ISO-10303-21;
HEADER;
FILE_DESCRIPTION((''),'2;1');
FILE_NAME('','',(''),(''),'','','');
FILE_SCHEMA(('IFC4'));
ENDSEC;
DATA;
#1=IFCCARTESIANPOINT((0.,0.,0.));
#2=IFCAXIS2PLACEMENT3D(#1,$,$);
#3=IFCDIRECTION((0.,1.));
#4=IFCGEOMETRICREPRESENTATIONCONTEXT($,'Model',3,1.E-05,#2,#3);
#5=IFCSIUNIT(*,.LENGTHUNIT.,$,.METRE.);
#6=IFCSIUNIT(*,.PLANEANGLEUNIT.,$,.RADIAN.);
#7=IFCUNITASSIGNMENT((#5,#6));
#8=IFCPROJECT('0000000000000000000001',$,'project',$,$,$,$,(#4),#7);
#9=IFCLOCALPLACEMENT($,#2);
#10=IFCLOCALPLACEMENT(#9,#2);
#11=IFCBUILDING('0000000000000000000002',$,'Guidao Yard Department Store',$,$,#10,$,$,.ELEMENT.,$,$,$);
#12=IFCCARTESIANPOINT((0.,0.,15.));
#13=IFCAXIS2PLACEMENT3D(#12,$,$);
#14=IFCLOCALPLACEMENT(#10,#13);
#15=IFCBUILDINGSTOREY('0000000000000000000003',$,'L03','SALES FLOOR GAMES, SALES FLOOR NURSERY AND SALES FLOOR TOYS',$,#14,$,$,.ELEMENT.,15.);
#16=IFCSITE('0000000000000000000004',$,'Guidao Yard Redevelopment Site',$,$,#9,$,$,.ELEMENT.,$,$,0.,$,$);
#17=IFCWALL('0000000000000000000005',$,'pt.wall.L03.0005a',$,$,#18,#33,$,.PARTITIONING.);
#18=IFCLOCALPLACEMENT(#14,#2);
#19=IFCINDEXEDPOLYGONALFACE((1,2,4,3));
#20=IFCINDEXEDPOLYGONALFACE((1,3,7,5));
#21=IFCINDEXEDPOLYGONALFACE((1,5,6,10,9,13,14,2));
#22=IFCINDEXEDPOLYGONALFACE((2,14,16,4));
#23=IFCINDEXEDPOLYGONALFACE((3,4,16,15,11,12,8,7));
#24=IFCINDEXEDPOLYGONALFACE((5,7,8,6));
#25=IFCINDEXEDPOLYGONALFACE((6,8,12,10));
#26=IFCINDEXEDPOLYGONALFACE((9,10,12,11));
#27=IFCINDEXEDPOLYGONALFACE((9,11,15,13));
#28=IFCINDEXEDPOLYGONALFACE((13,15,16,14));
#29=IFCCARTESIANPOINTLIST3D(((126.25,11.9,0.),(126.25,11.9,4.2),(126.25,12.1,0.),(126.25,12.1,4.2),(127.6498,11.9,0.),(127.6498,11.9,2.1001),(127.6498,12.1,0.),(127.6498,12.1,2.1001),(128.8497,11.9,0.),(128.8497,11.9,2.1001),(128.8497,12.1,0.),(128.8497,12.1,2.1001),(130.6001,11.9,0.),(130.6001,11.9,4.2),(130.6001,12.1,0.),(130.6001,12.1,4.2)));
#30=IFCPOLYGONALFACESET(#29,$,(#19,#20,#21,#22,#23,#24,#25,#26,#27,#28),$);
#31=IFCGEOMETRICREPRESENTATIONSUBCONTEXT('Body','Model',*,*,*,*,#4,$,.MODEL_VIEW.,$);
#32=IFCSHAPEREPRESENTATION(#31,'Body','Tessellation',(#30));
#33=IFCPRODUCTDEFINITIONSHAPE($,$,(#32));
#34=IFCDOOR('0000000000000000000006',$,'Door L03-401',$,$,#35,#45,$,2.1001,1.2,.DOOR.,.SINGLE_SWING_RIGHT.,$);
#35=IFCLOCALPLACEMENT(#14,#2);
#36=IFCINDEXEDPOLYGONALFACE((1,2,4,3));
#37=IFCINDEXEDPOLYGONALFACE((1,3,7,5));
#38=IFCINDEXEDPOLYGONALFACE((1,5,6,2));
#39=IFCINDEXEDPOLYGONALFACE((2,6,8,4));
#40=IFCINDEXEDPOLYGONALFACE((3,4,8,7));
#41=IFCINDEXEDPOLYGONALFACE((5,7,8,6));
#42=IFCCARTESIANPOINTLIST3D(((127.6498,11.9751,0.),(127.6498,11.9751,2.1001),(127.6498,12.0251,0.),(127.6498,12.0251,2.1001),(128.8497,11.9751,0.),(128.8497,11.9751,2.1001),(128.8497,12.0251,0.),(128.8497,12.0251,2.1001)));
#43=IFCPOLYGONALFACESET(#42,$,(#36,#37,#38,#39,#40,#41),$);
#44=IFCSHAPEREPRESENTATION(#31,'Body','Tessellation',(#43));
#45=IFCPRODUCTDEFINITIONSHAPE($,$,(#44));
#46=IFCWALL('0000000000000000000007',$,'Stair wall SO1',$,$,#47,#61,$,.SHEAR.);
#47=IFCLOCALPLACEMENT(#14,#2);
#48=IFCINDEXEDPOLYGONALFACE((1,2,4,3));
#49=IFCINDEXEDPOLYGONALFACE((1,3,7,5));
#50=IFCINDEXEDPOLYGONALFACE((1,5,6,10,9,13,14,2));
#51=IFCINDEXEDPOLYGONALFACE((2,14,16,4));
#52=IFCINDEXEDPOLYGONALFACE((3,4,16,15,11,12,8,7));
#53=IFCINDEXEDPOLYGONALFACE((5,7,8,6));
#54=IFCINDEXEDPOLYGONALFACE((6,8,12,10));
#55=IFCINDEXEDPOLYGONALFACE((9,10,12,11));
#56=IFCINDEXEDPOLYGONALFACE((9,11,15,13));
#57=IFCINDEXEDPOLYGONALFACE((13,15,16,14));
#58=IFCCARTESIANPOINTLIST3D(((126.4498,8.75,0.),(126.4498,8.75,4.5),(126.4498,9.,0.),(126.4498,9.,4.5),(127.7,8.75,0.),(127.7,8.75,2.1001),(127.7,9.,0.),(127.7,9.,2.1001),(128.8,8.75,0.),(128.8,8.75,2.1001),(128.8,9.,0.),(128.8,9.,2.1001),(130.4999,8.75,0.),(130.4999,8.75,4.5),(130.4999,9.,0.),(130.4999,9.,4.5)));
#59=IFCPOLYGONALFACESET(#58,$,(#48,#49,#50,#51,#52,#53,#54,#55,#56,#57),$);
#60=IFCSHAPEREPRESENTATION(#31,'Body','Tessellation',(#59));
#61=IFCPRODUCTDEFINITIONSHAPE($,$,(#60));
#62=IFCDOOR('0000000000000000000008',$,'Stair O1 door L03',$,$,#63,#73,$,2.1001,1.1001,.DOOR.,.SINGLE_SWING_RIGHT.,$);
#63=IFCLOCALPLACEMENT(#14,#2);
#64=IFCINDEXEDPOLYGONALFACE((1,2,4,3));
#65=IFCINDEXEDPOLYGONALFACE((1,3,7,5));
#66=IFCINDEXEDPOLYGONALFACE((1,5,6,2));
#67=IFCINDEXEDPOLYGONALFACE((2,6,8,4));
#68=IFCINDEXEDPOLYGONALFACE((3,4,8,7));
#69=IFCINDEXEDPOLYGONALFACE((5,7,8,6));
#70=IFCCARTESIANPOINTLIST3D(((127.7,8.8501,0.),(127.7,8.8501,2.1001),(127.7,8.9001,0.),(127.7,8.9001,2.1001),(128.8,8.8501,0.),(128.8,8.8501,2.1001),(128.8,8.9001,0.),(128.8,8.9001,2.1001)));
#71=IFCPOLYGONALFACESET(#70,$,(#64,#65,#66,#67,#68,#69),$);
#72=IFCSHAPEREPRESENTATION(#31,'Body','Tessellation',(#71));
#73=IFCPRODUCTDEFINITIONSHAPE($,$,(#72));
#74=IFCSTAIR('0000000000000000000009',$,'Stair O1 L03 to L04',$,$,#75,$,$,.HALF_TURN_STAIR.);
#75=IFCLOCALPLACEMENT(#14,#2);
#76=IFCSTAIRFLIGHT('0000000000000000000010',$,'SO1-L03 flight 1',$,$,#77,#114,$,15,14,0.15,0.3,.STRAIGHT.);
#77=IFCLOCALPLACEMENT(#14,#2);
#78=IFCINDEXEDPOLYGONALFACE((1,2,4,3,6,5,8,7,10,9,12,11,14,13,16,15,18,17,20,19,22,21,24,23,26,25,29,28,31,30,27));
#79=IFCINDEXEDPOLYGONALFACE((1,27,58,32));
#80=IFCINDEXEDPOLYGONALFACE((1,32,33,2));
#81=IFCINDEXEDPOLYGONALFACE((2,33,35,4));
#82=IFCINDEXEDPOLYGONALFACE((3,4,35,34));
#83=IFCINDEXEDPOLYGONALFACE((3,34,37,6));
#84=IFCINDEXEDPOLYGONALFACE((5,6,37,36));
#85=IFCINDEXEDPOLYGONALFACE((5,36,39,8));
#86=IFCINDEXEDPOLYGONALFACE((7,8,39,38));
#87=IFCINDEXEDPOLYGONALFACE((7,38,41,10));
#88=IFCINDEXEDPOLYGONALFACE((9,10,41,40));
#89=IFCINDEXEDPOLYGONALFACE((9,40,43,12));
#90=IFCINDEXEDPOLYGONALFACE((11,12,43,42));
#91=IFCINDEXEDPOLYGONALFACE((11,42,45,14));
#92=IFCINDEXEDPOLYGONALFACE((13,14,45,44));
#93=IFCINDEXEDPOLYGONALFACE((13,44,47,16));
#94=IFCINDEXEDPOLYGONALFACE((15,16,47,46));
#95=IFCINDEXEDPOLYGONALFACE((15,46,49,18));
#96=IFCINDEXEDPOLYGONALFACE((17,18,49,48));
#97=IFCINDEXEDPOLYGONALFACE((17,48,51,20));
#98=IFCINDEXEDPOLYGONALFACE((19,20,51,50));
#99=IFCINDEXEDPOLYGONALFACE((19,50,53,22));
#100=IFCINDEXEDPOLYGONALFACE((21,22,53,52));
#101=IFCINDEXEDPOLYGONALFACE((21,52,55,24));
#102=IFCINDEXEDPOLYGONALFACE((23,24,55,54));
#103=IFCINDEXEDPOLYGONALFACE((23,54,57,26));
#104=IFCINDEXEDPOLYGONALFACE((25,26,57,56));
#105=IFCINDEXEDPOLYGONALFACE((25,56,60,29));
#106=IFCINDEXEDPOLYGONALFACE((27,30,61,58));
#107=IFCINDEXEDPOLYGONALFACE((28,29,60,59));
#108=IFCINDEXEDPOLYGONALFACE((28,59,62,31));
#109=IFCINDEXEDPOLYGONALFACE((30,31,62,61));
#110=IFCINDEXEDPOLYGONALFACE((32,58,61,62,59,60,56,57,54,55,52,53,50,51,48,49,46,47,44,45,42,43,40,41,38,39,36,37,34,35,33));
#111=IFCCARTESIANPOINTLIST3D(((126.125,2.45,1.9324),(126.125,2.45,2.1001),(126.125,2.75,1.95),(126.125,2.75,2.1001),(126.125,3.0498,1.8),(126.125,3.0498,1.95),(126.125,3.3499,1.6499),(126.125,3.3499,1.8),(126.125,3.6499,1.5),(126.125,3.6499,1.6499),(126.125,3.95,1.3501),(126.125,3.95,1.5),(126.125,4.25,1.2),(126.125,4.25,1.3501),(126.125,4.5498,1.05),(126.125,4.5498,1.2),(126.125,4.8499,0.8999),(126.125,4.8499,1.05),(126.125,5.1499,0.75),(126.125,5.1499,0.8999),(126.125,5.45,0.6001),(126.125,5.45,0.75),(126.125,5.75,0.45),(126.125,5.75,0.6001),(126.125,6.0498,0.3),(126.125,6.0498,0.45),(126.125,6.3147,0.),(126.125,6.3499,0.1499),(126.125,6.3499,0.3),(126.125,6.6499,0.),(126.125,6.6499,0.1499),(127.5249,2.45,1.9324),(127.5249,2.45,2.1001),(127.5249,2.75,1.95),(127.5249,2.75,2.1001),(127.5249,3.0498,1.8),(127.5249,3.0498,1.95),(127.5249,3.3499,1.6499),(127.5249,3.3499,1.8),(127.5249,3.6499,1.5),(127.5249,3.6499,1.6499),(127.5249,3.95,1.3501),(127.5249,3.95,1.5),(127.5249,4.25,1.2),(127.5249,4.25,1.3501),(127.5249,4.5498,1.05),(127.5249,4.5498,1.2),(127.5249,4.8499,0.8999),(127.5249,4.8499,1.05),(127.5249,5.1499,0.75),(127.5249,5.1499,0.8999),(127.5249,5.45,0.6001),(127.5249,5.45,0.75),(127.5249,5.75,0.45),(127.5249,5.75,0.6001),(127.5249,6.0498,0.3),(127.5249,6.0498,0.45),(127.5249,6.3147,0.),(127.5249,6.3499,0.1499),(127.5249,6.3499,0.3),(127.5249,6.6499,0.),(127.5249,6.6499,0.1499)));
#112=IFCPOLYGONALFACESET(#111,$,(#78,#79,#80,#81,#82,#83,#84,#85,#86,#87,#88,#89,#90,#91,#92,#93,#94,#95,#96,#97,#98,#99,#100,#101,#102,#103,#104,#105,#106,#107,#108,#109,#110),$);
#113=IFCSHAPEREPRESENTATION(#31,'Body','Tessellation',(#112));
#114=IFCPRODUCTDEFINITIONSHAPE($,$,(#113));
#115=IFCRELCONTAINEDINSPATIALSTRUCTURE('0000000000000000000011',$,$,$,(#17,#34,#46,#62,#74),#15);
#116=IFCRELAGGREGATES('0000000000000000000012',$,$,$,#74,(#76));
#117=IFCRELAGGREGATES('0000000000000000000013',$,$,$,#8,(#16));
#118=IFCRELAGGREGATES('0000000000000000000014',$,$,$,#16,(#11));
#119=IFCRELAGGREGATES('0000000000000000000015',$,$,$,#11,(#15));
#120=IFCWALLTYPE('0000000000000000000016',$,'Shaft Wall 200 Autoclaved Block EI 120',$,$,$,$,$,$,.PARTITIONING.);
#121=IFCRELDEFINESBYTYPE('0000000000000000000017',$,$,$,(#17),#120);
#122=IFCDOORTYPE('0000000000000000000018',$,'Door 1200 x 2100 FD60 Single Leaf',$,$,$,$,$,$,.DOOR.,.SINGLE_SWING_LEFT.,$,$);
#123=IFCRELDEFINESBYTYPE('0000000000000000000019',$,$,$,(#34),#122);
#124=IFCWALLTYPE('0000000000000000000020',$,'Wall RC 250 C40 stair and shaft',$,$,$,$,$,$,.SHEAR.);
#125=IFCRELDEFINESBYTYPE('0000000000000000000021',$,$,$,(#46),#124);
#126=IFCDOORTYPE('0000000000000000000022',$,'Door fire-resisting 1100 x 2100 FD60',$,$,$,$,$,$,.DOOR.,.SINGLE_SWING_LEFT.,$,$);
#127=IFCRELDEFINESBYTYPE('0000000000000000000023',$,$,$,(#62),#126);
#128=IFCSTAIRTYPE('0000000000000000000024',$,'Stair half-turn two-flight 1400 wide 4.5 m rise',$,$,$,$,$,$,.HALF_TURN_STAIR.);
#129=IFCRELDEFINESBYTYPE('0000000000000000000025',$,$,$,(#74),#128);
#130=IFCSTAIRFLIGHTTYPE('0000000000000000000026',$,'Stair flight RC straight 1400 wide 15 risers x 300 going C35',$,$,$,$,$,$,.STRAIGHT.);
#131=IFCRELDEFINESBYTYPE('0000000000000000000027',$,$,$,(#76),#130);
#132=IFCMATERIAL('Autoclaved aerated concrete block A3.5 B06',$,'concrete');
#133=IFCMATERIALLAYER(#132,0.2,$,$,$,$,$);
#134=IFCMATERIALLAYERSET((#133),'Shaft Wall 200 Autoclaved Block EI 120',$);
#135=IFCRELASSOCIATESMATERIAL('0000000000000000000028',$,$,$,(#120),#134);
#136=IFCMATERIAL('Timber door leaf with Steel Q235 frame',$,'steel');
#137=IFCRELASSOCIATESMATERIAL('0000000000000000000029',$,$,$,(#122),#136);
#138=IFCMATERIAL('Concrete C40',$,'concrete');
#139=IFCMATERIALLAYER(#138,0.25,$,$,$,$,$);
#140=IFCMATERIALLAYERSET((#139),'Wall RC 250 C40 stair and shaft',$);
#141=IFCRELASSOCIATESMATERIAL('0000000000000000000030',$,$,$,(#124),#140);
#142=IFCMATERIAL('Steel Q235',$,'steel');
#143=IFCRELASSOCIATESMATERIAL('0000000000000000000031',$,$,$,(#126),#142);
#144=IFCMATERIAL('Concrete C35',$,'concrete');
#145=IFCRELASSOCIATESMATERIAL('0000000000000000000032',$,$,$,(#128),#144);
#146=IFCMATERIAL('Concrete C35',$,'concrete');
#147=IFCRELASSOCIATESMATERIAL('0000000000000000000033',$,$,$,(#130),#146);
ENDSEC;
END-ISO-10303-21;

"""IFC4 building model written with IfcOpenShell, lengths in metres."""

from ifc_helpers import new_model, si_unit, direction, frame, frame_2d, origin, place, context, subcontext, project, spatial, polyline, rectangle, outline, extrude, material, layer, layer_set, type_object, element, fill, aggregate, save


model = new_model("IFC4")

# Units and contexts
model_context = context("Model", 3, precision=1e-05, world=origin(), true_north=direction((0.0, 1.0)))
body_context = subcontext(model_context, "Body", "Model", "MODEL_VIEW")
ifc_project = project(units=[si_unit("LENGTHUNIT", "METRE"), si_unit("PLANEANGLEUNIT", "RADIAN")], contexts=[model_context])

# Site, building, storey
site_placement = place(None, origin())
site = spatial("IfcSite", under=ifc_project, at=site_placement, Name="Guidao Yard Redevelopment Site", CompositionType="ELEMENT", RefElevation=0.0)
building_placement = place(site_placement, origin())
building = spatial("IfcBuilding", under=site, at=building_placement, Name="Guidao Yard Department Store", CompositionType="ELEMENT")
storey_placement = place(building_placement, frame((0.0, 0.0, 15.0)))
storey = spatial("IfcBuildingStorey", under=building, at=storey_placement, Name="L03", Description="SALES FLOOR GAMES, SALES FLOOR NURSERY AND SALES FLOOR TOYS", CompositionType="ELEMENT", Elevation=15.0)

# Shared definitions
ifc_material_1 = material(Name="Autoclaved aerated concrete block A3.5 B06", Category="concrete")
ifc_layer_1 = layer(ifc_material_1, 0.2)
ifc_layer_set_1 = layer_set([ifc_layer_1], Name="Shaft Wall 200 Autoclaved Block EI 120")
wall_type_1 = type_object("IfcWallType", Name="Shaft Wall 200 Autoclaved Block EI 120", PredefinedType="PARTITIONING", material=ifc_layer_set_1)

# Walls, openings, doors
wall_1_placement = place(storey_placement, frame((126.25, 12.0, 0.0), z_axis=(0.0, 0.0, 1.0), x_axis=(1.0, 0.0, 0.0)))
wall_1 = element("IfcWall", 1, at=wall_1_placement, inside=storey, type_object=wall_type_1, Name="pt.wall.L03.0005a", PredefinedType="PARTITIONING", context=body_context, shape_type="SweptSolid", body=[
    extrude(rectangle(XDim=4.3501, YDim=0.2, at=frame_2d((2.175, 0.0))), origin(), (0.0, 0.0, 1.0), 4.2),
])
opening_1_placement = place(wall_1_placement, frame((2.5999, 0.0, 0.0), z_axis=(0.0, 0.0, 1.0), x_axis=(-1.0, 0.0, 0.0)))
opening_1 = element("IfcOpeningElement", 2, at=opening_1_placement, cuts=wall_1, PredefinedType="OPENING", context=body_context, shape_type="SweptSolid", body=[
    extrude(rectangle(XDim=1.2, YDim=2.1001, at=frame_2d((0.6001, 1.05))), frame((0.0, 0.1099, 0.0), z_axis=(0.0, -1.0, 0.0), x_axis=(1.0, 0.0, 0.0)), (0.0, 0.0, 1.0), 0.22),
])
ifc_material_2 = material(Name="Timber door leaf with Steel Q235 frame", Category="steel")
door_type_1 = type_object("IfcDoorType", Name="Door 1200 x 2100 FD60 Single Leaf", OperationType="SINGLE_SWING_LEFT", PredefinedType="DOOR", material=ifc_material_2)
door_1_placement = place(opening_1_placement, origin())
door_1 = element("IfcDoor", 3, at=door_1_placement, inside=storey, type_object=door_type_1, Name="Door L03-401", OperationType="SINGLE_SWING_RIGHT", OverallHeight=2.1001, OverallWidth=1.2, PredefinedType="DOOR", context=body_context, shape_type="SweptSolid", body=[
    extrude(rectangle(XDim=1.2, YDim=2.1001, at=frame_2d((0.6001, 1.05))), frame((0.0, 0.0249, 0.0), z_axis=(0.0, -1.0, 0.0), x_axis=(1.0, 0.0, 0.0)), (0.0, 0.0, 1.0), 0.05),
])
fill(opening_1, door_1)
ifc_material_3 = material(Name="Concrete C40", Category="concrete")
ifc_layer_2 = layer(ifc_material_3, 0.25)
ifc_layer_set_2 = layer_set([ifc_layer_2], Name="Wall RC 250 C40 stair and shaft")
wall_type_2 = type_object("IfcWallType", Name="Wall RC 250 C40 stair and shaft", PredefinedType="SHEAR", material=ifc_layer_set_2)
wall_2_placement = place(storey_placement, frame((126.45, 8.875, 0.0), z_axis=(0.0, 0.0, 1.0), x_axis=(1.0, 0.0, 0.0)))
wall_2 = element("IfcWall", 4, at=wall_2_placement, inside=storey, type_object=wall_type_2, Name="Stair wall SO1", PredefinedType="SHEAR", context=body_context, shape_type="SweptSolid", body=[
    extrude(rectangle(XDim=4.05, YDim=0.25, at=frame_2d((2.0249, 0.0))), origin(), (0.0, 0.0, 1.0), 4.5),
])
opening_2_placement = place(wall_2_placement, frame((2.3501, 0.0, 0.0), z_axis=(0.0, 0.0, 1.0), x_axis=(-1.0, 0.0, 0.0)))
opening_2 = element("IfcOpeningElement", 5, at=opening_2_placement, cuts=wall_2, PredefinedType="OPENING", context=body_context, shape_type="SweptSolid", body=[
    extrude(rectangle(XDim=1.1001, YDim=2.1001, at=frame_2d((0.55, 1.05))), frame((0.0, 0.135, 0.0), z_axis=(0.0, -1.0, 0.0), x_axis=(1.0, 0.0, 0.0)), (0.0, 0.0, 1.0), 0.27),
])
ifc_material_4 = material(Name="Steel Q235", Category="steel")
door_type_2 = type_object("IfcDoorType", Name="Door fire-resisting 1100 x 2100 FD60", OperationType="SINGLE_SWING_LEFT", PredefinedType="DOOR", material=ifc_material_4)
door_2_placement = place(opening_2_placement, origin())
door_2 = element("IfcDoor", 6, at=door_2_placement, inside=storey, type_object=door_type_2, Name="Stair O1 door L03", OperationType="SINGLE_SWING_RIGHT", OverallHeight=2.1001, OverallWidth=1.1001, PredefinedType="DOOR", context=body_context, shape_type="SweptSolid", body=[
    extrude(rectangle(XDim=1.1001, YDim=2.1001, at=frame_2d((0.55, 1.05))), frame((0.0, 0.0249, 0.0), z_axis=(0.0, -1.0, 0.0), x_axis=(1.0, 0.0, 0.0)), (0.0, 0.0, 1.0), 0.05),
])
fill(opening_2, door_2)

# Stair, stair flight
ifc_material_5 = material(Name="Concrete C35", Category="concrete")
stair_type = type_object("IfcStairType", Name="Stair half-turn two-flight 1400 wide 4.5 m rise", PredefinedType="HALF_TURN_STAIR", material=ifc_material_5)
stair_placement = place(storey_placement, origin())
stair = element("IfcStair", 7, at=stair_placement, inside=storey, type_object=stair_type, Name="Stair O1 L03 to L04", PredefinedType="HALF_TURN_STAIR")
ifc_material_6 = material(Name="Concrete C35", Category="concrete")
stair_flight_type = type_object("IfcStairFlightType", Name="Stair flight RC straight 1400 wide 15 risers x 300 going C35", PredefinedType="STRAIGHT", material=ifc_material_6)
stair_flight_placement = place(storey_placement, frame((126.825, 6.6499, 0.0), z_axis=(0.0, 0.0, 1.0), x_axis=(0.0, -1.0, 0.0)))
stair_flight = element("IfcStairFlight", 8, at=stair_flight_placement, type_object=stair_flight_type, Name="SO1-L03 flight 1", NumberOfRisers=15, NumberOfTreads=14, PredefinedType="STRAIGHT", RiserHeight=0.15, TreadLength=0.3, context=body_context, shape_type="SweptSolid", body=[
    extrude(outline(polyline([(0.0, 0.0), (0.0, 0.1499), (0.3, 0.1499), (0.3, 0.3), (0.6001, 0.3), (0.6001, 0.45), (0.8999, 0.45), (0.8999, 0.6001), (1.2, 0.6001), (1.2, 0.75), (1.5, 0.75), (1.5, 0.8999), (1.8, 0.8999), (1.8, 1.05), (2.1001, 1.05), (2.1001, 1.2), (2.3999, 1.2), (2.3999, 1.3501), (2.7, 1.3501), (2.7, 1.5), (3.0, 1.5), (3.0, 1.6499), (3.3, 1.6499), (3.3, 1.8), (3.6001, 1.8), (3.6001, 1.95), (3.8999, 1.95), (3.8999, 2.1001), (4.2, 2.1001), (4.2, 2.25), (4.2, 1.9324), (0.3352, 0.0), (0.0, 0.0)])), frame((0.0, 0.7, 0.0), z_axis=(0.0, -1.0, 0.0), x_axis=(1.0, 0.0, 0.0)), (0.0, 0.0, 1.0), 1.3999),
])
aggregate(stair, [stair_flight])

save(model, "model.ifc")
